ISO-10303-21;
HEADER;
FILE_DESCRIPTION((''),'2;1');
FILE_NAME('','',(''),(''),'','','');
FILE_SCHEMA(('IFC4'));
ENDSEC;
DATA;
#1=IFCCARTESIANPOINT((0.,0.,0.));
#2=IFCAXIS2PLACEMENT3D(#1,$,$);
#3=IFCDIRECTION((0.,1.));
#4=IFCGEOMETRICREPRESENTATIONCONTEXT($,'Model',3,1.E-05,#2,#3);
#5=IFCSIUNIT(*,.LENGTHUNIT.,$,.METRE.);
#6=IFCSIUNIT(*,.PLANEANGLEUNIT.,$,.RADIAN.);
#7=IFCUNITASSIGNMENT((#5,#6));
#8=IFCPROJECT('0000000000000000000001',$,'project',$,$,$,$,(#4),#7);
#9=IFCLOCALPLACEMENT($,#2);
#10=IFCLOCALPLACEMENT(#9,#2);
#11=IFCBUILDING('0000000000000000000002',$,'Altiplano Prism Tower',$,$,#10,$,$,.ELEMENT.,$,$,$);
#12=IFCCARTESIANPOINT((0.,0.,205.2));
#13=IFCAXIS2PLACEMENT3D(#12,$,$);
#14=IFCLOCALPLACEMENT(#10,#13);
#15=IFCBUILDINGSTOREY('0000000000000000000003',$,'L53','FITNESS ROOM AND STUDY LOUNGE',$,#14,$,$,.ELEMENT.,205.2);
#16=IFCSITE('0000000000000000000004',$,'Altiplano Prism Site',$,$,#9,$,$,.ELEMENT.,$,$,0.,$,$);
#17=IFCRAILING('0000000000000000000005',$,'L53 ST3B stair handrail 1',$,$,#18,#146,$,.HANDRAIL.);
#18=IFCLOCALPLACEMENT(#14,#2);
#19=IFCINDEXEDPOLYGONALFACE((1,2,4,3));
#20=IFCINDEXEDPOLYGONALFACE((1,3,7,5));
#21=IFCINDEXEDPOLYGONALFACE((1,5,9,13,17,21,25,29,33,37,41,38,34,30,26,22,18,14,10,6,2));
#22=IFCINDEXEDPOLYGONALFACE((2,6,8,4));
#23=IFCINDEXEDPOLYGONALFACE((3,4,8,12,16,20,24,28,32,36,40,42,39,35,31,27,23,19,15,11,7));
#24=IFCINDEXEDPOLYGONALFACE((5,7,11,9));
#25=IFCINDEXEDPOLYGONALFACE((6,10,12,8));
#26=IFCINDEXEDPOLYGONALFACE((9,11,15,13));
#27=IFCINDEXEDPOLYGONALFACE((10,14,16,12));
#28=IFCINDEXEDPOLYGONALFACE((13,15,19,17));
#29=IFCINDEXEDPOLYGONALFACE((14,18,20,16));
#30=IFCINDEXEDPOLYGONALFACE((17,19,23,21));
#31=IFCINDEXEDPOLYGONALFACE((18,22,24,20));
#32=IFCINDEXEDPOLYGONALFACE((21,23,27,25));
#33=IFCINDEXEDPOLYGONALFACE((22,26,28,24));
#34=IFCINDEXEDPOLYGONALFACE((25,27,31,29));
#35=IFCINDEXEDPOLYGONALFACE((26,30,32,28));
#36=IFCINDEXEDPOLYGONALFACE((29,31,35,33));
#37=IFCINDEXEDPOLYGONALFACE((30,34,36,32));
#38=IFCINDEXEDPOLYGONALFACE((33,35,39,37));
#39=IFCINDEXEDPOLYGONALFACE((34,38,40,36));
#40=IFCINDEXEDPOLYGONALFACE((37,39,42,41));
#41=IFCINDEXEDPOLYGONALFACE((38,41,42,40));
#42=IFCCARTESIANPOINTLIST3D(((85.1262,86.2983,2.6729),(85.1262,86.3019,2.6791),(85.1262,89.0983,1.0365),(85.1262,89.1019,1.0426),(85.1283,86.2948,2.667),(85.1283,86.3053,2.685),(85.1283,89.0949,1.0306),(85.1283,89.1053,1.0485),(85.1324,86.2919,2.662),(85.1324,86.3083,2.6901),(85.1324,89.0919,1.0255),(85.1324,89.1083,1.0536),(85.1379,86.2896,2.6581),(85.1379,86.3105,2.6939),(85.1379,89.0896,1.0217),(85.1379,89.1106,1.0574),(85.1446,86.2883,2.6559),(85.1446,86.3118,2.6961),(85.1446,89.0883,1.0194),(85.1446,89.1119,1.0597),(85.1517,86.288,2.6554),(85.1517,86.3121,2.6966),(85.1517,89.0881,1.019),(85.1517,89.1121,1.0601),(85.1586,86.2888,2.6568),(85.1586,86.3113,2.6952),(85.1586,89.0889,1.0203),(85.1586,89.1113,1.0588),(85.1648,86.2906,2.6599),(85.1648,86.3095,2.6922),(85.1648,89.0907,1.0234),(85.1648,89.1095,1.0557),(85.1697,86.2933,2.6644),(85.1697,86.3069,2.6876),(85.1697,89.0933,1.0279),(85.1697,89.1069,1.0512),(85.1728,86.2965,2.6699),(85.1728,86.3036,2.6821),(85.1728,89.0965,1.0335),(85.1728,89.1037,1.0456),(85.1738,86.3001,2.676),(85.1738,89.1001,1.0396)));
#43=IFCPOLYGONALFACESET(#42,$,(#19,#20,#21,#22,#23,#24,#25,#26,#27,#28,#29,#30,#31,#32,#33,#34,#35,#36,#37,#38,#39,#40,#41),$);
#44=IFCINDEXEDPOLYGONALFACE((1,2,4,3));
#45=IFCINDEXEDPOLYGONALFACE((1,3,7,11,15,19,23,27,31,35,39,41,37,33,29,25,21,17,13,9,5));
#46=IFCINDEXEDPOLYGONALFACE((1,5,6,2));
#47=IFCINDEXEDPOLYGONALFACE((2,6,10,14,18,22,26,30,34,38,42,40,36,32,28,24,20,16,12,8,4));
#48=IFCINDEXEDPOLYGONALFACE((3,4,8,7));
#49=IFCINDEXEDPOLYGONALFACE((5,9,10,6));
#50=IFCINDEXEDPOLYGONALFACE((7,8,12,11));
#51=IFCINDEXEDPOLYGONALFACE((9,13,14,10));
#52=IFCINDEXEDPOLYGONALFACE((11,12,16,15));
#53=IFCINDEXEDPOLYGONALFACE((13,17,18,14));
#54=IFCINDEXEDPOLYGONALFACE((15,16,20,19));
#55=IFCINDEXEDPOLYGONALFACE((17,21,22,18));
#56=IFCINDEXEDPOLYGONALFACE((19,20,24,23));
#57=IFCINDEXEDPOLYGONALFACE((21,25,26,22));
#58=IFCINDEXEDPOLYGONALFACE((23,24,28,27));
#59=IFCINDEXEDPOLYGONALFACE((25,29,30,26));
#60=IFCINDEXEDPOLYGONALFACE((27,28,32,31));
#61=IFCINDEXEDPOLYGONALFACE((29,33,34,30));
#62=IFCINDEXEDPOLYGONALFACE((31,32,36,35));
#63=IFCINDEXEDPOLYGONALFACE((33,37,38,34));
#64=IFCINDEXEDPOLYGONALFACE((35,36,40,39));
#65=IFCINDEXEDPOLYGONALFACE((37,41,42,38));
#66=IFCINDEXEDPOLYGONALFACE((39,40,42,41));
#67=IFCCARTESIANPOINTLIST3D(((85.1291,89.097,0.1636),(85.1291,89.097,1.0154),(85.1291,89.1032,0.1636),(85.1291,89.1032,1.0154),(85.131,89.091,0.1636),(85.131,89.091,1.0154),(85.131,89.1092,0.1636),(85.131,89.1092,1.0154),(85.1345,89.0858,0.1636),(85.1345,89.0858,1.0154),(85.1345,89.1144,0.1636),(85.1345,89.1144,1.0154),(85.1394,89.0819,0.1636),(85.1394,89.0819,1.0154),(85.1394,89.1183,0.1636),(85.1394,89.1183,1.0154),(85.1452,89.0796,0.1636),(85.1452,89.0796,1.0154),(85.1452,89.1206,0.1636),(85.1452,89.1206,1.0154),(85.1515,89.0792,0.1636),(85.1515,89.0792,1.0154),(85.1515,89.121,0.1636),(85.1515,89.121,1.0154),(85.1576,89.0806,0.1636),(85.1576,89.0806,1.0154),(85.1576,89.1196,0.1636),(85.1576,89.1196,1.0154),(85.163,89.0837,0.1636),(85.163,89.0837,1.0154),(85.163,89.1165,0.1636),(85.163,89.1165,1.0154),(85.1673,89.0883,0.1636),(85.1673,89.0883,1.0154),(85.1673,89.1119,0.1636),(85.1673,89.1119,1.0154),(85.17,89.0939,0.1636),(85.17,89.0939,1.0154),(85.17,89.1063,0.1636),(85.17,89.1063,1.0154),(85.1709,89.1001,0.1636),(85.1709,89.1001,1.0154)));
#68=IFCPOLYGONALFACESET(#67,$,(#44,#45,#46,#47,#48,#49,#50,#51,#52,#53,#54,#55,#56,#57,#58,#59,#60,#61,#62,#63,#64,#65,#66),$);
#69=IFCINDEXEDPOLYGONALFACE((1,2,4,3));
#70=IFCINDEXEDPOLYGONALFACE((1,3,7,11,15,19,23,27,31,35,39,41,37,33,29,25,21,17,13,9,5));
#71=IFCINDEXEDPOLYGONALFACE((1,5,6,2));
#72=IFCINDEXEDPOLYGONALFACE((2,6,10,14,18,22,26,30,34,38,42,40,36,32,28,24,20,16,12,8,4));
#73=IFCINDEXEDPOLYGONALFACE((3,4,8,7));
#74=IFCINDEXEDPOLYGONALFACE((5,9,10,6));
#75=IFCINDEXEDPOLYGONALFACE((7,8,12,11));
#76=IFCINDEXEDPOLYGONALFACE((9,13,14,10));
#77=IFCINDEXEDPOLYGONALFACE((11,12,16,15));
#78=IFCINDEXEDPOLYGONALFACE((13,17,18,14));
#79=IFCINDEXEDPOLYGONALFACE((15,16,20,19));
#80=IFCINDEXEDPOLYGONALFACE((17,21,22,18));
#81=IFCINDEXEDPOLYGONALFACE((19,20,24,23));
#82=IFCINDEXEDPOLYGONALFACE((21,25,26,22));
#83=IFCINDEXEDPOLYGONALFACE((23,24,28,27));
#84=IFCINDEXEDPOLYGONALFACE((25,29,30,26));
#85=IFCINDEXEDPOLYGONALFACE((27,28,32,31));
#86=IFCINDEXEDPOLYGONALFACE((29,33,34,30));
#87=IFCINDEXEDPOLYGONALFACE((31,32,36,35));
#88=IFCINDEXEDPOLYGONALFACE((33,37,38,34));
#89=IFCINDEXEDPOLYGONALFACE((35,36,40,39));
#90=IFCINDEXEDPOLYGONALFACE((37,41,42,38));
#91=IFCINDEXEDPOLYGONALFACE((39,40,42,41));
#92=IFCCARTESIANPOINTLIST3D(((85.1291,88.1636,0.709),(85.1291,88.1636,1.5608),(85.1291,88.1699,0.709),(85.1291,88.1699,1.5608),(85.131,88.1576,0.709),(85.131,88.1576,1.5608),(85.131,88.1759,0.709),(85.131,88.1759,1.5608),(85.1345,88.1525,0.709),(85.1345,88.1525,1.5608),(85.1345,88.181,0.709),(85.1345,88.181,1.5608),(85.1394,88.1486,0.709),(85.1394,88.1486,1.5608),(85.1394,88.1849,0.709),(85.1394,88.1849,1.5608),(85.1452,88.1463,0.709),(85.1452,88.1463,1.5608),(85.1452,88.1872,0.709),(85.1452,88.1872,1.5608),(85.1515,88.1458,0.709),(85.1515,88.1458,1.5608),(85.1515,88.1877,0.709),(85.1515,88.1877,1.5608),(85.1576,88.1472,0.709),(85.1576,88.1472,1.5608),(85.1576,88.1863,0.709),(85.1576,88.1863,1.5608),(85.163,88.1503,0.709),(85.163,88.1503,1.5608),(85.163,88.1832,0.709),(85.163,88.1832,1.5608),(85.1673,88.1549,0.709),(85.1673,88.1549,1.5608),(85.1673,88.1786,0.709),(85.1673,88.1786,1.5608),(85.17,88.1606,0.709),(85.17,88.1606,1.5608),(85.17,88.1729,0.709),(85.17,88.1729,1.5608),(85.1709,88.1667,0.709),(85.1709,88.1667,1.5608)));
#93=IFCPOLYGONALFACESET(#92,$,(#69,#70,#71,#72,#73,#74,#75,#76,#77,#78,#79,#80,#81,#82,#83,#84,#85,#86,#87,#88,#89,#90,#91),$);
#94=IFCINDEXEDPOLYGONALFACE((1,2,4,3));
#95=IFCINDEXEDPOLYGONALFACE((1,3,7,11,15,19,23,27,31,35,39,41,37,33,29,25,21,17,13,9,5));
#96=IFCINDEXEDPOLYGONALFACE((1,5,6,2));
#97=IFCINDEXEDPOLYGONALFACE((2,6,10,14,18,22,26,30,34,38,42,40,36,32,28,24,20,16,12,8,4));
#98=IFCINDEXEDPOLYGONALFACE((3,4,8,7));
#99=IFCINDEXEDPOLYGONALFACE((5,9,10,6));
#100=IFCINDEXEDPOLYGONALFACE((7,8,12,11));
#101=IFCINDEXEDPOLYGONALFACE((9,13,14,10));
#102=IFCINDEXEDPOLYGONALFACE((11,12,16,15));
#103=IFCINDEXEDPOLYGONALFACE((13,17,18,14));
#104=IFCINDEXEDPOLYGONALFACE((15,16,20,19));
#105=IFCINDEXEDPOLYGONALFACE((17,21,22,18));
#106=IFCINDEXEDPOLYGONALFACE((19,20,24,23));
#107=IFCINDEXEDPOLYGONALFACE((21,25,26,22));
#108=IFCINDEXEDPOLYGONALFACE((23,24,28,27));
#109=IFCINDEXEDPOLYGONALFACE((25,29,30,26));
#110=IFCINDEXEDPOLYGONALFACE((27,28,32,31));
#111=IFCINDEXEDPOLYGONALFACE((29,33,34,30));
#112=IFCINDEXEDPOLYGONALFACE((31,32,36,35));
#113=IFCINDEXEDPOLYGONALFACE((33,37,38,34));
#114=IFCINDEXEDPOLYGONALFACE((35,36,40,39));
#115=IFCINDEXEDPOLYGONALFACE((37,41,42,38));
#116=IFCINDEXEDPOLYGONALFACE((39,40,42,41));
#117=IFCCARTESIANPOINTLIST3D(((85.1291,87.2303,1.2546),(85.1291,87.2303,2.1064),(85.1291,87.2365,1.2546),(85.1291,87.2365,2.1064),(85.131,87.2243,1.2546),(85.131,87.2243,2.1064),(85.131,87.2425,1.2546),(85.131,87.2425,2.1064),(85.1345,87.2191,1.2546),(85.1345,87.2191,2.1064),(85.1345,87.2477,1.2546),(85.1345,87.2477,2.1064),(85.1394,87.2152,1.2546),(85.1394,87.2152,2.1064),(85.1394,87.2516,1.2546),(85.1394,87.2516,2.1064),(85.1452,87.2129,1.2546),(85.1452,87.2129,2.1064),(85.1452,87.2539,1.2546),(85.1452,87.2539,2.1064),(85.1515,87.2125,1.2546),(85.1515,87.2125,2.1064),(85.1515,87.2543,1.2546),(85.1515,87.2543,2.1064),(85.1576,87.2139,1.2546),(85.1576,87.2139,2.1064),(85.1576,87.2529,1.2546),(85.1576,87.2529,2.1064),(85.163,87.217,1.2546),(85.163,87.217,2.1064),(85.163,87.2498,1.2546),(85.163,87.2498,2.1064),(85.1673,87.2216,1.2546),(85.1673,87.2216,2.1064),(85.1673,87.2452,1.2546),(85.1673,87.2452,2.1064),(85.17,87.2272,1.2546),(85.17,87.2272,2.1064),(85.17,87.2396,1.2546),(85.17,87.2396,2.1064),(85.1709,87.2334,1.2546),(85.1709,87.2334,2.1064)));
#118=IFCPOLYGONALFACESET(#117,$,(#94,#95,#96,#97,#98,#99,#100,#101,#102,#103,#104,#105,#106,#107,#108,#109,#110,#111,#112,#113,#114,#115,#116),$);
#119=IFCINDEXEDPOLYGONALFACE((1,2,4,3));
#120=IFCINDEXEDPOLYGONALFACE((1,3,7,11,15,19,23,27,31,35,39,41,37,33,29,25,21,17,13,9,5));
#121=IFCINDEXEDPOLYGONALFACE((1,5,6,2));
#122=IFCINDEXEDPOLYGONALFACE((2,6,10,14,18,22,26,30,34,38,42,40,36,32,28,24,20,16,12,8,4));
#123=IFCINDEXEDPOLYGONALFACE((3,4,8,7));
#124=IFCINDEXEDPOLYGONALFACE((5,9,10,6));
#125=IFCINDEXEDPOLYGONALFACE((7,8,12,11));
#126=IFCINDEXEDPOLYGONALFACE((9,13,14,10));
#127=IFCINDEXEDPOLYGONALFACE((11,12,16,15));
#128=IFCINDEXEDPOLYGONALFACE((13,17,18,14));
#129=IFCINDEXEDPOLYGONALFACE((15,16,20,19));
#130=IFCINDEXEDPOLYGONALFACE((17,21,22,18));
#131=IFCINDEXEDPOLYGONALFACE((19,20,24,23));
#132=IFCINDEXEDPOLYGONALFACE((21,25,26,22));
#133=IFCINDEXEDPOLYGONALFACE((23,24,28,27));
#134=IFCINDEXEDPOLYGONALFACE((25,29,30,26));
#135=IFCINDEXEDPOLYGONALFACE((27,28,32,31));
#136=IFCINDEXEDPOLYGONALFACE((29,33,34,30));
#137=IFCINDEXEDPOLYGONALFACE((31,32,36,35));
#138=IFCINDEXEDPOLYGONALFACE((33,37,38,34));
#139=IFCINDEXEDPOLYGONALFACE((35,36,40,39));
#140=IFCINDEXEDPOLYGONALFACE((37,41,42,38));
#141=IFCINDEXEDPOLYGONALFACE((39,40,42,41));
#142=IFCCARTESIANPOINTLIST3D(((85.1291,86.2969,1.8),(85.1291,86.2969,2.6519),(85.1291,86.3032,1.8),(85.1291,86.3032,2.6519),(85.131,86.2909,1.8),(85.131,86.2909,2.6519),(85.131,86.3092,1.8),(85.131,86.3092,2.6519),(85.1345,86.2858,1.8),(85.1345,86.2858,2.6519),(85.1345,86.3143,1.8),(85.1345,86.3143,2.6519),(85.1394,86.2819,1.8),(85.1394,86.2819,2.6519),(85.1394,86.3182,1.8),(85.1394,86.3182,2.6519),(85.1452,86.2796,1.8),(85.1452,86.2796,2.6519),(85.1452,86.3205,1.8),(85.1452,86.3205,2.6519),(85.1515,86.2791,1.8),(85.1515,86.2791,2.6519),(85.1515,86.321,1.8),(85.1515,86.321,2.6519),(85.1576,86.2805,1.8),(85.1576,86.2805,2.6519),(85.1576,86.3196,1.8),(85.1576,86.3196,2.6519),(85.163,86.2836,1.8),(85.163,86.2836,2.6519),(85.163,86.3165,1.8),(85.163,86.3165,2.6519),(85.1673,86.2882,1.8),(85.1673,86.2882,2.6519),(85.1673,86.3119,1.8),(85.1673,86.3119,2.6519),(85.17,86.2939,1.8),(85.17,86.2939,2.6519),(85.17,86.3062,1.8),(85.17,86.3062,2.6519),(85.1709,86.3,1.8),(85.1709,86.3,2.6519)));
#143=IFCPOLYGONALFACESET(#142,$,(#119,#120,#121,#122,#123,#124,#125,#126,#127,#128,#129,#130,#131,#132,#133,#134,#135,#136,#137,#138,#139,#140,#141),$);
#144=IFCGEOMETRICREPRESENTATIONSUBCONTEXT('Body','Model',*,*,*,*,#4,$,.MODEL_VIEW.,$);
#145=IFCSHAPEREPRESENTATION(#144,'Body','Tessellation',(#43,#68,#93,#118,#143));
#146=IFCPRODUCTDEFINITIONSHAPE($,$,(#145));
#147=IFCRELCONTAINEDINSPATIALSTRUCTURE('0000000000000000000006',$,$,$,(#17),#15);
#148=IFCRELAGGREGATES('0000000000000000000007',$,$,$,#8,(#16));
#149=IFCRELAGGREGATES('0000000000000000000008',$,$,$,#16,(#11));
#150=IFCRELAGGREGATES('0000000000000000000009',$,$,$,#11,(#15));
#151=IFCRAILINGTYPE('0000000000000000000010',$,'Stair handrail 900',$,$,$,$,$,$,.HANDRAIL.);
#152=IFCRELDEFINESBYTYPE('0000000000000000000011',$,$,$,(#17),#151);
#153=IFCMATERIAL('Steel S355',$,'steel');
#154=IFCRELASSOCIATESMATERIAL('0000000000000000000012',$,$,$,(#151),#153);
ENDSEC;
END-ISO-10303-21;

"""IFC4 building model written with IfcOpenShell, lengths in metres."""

from ifc_helpers import new_model, si_unit, direction, frame, origin, origin_2d, place, context, subcontext, project, spatial, circle, extrude, material, type_object, element, save


model = new_model("IFC4")

# Units and contexts
model_context = context("Model", 3, precision=1e-05, world=origin(), true_north=direction((0.0, 1.0)))
body_context = subcontext(model_context, "Body", "Model", "MODEL_VIEW")
ifc_project = project(units=[si_unit("LENGTHUNIT", "METRE"), si_unit("PLANEANGLEUNIT", "RADIAN")], contexts=[model_context])

# Site, building, storey
site_placement = place(None, origin())
site = spatial("IfcSite", under=ifc_project, at=site_placement, Name="Altiplano Prism Site", CompositionType="ELEMENT", RefElevation=0.0)
building_placement = place(site_placement, origin())
building = spatial("IfcBuilding", under=site, at=building_placement, Name="Altiplano Prism Tower", CompositionType="ELEMENT")
storey_placement = place(building_placement, frame((0.0, 0.0, 205.2)))
storey = spatial("IfcBuildingStorey", under=building, at=storey_placement, Name="L53", Description="FITNESS ROOM AND STUDY LOUNGE", CompositionType="ELEMENT", Elevation=205.2)

# Railing
ifc_material_1 = material(Name="Steel S355", Category="steel")
railing_type_1 = type_object("IfcRailingType", Name="Stair handrail 900", PredefinedType="HANDRAIL", material=ifc_material_1)
railing_1_placement = place(storey_placement, frame((85.1499, 89.1001, 0.1636)))
element("IfcRailing", 1, at=railing_1_placement, inside=storey, type_object=railing_type_1, Name="L53 ST3B stair handrail 1", PredefinedType="HANDRAIL", context=body_context, shape_type="SweptSolid", body=[
    extrude(circle(Radius=0.0239, at=origin_2d()), frame((0.0, 0.0, 0.876), z_axis=(0.0, -0.863361, 0.504587), x_axis=(1.0, 0.0, 0.0)), (0.0, 0.0, 1.0), 3.2432),
    extrude(circle(Radius=0.021, at=origin_2d()), origin(), (0.0, 0.0, 1.0), 0.8518),
    extrude(circle(Radius=0.021, at=origin_2d()), frame((0.0, -0.9333, 0.5454)), (0.0, 0.0, 1.0), 0.8518),
    extrude(circle(Radius=0.021, at=origin_2d()), frame((0.0, -1.8667, 1.0911)), (0.0, 0.0, 1.0), 0.8518),
    extrude(circle(Radius=0.021, at=origin_2d()), frame((0.0, -2.8, 1.6365)), (0.0, 0.0, 1.0), 0.8518),
])

save(model, "model.ifc")
